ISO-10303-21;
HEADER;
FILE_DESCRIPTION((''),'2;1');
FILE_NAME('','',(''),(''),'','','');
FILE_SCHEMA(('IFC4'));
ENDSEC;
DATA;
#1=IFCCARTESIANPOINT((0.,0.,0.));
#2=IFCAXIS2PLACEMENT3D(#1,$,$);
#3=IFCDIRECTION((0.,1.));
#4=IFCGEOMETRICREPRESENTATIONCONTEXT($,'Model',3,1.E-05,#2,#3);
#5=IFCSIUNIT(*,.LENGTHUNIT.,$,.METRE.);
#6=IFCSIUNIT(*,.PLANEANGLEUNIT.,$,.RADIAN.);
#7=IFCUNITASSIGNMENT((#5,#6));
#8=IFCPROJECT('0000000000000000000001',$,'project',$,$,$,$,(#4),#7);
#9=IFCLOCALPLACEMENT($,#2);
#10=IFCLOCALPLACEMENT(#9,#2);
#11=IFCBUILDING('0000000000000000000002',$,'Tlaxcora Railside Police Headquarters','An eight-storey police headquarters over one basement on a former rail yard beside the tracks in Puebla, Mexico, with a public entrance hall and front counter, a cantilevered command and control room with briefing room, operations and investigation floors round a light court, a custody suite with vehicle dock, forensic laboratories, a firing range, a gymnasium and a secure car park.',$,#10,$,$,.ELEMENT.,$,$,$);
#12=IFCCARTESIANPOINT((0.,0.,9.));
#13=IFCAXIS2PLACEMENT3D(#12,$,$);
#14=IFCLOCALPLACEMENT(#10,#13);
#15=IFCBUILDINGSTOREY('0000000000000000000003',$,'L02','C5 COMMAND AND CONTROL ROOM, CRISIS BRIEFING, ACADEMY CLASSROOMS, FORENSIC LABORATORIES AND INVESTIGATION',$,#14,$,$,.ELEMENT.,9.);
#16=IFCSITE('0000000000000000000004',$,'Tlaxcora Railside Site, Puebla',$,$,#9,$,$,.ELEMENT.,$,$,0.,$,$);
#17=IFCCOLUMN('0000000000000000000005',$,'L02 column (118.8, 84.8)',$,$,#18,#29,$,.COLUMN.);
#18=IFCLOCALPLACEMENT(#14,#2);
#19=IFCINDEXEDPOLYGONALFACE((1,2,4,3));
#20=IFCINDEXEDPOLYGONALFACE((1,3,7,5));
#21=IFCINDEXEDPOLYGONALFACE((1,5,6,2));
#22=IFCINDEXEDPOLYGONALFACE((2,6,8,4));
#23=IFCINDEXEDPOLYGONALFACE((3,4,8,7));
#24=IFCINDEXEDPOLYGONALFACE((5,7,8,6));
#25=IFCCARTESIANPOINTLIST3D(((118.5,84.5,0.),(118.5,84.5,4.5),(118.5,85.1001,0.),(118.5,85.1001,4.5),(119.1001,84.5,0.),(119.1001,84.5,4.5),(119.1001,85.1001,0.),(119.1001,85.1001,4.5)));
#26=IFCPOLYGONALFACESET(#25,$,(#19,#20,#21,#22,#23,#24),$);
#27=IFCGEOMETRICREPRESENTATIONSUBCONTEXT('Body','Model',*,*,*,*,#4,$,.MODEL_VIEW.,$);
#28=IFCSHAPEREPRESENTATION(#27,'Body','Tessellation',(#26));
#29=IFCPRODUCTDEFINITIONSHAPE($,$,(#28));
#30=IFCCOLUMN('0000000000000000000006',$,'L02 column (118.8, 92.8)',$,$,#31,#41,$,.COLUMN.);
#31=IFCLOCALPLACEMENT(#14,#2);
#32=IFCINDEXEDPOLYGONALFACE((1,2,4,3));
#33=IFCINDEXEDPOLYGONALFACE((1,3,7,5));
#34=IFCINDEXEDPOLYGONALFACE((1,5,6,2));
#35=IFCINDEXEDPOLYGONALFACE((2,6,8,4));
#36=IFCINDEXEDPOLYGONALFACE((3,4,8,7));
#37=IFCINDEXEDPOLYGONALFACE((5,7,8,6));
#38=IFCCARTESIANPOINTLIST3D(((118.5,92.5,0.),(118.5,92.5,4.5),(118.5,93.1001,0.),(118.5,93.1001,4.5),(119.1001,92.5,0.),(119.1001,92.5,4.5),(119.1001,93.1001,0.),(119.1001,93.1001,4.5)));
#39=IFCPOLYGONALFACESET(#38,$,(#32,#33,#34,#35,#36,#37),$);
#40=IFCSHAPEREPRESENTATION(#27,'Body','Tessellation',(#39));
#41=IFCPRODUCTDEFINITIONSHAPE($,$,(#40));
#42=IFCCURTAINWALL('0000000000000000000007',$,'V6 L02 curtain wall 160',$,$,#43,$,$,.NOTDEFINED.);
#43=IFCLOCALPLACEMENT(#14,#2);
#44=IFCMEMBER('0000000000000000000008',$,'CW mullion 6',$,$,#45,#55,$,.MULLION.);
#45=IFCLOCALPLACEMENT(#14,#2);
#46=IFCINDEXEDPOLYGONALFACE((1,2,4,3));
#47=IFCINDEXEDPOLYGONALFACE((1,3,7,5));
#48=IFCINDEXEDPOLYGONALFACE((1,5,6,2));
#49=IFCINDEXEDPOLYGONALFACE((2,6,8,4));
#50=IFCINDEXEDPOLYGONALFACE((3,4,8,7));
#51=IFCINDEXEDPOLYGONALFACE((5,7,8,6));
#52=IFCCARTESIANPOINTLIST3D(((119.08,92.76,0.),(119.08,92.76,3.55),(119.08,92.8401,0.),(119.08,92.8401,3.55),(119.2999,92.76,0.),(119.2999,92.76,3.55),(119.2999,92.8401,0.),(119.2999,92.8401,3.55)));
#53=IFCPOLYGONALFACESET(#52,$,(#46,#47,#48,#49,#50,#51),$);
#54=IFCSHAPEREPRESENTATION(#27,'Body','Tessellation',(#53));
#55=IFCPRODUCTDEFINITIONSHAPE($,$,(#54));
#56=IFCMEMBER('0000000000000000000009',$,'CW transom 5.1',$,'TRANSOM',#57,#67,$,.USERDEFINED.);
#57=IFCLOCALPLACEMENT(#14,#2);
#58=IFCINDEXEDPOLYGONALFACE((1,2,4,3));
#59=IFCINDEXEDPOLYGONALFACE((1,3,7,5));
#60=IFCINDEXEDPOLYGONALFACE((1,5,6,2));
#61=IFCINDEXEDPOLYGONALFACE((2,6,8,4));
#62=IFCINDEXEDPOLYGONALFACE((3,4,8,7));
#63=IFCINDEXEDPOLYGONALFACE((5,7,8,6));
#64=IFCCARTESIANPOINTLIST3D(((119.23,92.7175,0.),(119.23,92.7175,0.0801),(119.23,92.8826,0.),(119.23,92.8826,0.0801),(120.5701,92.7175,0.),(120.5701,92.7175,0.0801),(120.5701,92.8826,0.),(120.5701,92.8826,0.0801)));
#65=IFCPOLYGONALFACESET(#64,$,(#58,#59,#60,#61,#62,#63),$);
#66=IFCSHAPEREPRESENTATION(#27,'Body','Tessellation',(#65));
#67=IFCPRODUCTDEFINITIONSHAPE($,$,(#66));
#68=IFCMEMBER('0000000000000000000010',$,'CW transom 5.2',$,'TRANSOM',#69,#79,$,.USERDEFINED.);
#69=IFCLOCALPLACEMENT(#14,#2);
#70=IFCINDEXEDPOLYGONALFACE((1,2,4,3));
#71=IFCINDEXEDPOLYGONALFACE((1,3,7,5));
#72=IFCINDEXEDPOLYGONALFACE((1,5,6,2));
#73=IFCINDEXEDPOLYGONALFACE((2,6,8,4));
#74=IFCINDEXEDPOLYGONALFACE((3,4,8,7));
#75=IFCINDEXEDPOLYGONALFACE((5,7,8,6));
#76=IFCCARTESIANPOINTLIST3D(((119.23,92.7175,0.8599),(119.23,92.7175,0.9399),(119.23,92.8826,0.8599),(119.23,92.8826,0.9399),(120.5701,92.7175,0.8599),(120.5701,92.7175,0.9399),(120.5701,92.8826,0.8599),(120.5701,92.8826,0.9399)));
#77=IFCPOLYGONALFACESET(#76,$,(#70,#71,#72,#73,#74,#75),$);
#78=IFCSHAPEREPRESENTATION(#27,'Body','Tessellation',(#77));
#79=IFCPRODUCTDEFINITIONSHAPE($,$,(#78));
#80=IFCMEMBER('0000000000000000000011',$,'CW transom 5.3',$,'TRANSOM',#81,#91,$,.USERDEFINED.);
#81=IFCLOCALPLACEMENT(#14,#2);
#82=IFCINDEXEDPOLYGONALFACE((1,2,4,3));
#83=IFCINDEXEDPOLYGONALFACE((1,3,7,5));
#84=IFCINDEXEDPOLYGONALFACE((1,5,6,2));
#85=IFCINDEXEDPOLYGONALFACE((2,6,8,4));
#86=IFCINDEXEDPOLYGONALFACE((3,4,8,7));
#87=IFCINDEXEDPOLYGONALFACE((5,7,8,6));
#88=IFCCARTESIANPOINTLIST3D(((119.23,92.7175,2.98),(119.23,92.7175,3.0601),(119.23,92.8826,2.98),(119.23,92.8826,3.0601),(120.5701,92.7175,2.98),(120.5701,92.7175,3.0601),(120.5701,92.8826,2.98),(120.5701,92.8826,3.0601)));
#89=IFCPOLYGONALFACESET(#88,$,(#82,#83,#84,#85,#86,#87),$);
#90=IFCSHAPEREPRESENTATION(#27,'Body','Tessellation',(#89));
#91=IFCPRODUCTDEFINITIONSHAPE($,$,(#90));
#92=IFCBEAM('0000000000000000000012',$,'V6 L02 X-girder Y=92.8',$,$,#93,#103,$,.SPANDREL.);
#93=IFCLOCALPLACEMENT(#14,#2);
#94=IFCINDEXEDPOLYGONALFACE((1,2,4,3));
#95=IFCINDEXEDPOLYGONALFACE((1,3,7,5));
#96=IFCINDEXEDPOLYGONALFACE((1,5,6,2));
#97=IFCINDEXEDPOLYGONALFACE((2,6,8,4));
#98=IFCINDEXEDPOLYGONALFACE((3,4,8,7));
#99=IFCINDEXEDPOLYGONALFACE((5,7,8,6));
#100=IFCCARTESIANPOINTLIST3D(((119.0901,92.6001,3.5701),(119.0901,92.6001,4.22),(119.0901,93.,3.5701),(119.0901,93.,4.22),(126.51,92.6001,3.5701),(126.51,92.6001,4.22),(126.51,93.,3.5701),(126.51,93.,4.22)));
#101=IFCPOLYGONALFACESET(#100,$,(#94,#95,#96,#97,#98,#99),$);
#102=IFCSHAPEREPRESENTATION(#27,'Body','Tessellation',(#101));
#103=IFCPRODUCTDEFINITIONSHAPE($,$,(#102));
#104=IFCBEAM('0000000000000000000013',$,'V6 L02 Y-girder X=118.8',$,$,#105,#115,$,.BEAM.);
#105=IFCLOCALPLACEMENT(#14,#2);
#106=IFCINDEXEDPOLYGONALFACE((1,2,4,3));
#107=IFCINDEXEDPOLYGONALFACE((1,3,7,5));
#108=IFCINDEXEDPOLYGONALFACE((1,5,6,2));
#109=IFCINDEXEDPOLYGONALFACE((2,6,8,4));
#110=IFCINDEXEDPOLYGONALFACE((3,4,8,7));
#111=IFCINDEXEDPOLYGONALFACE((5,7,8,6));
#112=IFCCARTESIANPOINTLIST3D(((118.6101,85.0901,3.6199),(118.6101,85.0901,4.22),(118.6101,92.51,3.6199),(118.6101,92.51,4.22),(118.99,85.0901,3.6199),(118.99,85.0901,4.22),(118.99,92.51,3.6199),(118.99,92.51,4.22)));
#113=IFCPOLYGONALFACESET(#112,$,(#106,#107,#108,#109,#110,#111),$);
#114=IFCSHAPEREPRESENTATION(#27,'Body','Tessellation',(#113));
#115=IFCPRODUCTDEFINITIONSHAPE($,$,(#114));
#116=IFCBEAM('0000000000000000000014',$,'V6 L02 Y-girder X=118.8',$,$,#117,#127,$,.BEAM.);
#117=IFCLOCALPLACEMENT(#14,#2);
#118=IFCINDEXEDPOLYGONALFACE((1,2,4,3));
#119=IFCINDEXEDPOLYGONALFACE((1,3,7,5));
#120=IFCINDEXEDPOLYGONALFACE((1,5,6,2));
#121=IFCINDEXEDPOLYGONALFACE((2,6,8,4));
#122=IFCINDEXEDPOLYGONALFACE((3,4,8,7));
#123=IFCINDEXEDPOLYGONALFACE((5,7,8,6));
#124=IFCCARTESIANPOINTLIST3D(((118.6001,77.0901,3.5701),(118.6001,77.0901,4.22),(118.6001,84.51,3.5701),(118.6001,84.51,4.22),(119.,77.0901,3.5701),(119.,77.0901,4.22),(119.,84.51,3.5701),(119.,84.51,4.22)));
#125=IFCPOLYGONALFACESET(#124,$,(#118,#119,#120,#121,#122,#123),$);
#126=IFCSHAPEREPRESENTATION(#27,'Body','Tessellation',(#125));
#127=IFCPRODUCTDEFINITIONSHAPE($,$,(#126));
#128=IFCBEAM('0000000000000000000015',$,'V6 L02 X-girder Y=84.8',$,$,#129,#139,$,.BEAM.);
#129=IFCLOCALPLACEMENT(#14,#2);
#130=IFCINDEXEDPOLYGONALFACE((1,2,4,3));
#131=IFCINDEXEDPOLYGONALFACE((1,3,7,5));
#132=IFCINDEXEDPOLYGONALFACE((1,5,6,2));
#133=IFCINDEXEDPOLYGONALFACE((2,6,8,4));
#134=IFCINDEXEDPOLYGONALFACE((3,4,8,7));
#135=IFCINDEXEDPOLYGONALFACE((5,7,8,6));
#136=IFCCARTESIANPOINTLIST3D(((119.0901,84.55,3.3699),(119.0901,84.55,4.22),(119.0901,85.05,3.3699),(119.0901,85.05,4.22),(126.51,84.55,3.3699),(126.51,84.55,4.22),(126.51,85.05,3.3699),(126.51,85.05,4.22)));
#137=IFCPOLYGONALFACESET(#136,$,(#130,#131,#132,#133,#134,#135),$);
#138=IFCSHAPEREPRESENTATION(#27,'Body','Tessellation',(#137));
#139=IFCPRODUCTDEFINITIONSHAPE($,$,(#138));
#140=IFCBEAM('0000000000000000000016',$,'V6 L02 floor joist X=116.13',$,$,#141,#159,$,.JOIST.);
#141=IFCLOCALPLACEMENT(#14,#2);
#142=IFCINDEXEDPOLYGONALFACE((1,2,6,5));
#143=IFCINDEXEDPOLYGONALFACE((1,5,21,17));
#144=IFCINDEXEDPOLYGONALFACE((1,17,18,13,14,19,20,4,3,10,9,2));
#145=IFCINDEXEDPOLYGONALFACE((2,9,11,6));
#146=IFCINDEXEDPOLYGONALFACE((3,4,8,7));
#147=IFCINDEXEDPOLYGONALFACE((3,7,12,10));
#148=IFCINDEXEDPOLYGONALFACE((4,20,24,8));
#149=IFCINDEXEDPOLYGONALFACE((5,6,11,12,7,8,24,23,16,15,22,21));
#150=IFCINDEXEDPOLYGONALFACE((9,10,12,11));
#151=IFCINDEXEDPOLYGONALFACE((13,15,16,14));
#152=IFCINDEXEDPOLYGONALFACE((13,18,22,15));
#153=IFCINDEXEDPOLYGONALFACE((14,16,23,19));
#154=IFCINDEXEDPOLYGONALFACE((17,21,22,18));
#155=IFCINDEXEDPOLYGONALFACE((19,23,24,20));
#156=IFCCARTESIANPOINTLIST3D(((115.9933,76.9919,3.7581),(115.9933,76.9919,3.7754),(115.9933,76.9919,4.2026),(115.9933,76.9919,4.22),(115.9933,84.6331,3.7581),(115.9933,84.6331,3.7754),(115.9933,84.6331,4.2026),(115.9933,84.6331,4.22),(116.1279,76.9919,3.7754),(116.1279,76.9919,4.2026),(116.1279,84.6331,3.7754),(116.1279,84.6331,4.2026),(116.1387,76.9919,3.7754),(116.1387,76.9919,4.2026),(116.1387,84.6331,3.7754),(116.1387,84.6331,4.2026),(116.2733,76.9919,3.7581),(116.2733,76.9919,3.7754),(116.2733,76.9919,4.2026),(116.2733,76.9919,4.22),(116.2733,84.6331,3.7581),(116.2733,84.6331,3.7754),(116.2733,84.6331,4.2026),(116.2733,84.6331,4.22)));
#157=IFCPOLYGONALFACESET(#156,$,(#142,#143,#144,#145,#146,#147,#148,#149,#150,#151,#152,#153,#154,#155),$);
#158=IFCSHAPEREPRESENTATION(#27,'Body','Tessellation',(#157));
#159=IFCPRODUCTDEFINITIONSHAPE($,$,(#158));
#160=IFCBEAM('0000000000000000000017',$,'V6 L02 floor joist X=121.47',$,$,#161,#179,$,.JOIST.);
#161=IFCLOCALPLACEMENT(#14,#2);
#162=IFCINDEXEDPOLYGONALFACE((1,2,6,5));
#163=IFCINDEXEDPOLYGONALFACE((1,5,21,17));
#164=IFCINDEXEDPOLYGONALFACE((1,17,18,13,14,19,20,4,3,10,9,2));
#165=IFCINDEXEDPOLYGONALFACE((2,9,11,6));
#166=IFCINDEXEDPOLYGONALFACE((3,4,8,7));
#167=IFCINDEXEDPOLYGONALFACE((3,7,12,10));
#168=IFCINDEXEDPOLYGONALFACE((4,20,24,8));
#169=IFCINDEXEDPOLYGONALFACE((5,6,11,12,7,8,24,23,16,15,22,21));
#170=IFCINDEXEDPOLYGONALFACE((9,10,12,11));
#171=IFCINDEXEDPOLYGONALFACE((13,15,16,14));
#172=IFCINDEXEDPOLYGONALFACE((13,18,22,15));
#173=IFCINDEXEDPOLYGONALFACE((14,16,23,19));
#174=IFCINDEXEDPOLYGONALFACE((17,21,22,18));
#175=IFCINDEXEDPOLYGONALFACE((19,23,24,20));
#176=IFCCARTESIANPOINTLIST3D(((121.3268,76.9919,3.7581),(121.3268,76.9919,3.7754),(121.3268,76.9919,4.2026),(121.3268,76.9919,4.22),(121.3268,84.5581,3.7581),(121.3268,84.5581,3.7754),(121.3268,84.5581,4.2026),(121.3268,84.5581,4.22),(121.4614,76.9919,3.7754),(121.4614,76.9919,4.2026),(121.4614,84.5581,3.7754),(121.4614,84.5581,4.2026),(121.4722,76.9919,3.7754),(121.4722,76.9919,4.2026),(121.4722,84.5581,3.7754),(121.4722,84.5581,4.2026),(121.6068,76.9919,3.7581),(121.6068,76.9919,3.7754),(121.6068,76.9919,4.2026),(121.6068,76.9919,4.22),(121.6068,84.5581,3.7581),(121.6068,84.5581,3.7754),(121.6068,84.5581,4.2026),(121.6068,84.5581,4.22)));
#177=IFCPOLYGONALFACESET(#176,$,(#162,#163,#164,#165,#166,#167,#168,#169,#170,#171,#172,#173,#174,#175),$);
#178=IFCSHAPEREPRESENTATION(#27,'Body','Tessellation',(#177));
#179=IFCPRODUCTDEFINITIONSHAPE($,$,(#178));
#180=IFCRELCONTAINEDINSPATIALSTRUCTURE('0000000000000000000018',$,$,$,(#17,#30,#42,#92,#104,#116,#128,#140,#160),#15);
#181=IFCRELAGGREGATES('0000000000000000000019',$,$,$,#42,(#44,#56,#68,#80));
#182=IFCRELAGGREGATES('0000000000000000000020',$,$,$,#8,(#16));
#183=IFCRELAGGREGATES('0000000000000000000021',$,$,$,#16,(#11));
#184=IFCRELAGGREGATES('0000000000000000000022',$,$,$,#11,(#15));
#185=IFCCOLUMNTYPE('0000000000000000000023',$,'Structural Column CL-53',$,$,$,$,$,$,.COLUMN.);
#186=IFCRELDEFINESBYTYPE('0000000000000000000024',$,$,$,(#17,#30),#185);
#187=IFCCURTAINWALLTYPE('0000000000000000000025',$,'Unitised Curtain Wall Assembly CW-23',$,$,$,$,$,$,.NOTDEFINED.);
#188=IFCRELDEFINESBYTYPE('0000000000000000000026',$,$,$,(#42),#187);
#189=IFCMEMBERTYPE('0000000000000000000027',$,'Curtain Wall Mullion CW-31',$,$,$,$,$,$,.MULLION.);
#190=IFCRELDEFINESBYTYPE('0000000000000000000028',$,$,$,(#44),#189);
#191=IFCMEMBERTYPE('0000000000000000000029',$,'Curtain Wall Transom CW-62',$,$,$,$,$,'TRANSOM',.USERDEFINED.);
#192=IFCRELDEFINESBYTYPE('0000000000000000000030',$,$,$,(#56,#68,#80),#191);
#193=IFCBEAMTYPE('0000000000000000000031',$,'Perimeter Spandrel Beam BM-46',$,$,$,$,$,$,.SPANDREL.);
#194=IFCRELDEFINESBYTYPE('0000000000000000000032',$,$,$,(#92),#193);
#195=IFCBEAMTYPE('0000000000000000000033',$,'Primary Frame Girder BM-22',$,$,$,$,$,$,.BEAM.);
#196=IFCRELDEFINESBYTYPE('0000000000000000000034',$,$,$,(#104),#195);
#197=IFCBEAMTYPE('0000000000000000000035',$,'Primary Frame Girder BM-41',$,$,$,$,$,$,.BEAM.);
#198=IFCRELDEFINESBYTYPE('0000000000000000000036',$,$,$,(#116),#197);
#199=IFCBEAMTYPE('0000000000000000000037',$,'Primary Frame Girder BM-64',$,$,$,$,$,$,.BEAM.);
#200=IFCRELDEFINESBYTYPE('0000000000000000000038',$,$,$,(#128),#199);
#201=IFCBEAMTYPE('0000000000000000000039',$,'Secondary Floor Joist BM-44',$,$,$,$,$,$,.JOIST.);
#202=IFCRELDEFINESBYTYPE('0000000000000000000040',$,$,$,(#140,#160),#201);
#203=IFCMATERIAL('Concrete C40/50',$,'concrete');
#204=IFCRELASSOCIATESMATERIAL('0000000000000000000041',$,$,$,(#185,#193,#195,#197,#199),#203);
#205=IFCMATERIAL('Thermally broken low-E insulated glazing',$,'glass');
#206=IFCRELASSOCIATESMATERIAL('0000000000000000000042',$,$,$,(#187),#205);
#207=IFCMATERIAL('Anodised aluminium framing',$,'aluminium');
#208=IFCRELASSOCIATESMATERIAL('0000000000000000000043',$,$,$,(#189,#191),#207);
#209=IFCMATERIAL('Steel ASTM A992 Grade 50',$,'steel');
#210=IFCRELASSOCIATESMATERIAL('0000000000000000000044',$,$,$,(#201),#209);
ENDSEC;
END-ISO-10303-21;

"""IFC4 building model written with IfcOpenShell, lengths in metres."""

from ifc_helpers import new_model, si_unit, direction, frame, origin, origin_2d, place, context, subcontext, project, spatial, rectangle, i_section, extrude, material, material_profile, profile_set, type_object, element, aggregate, save


model = new_model("IFC4")

# Units and contexts
model_context = context("Model", 3, precision=1e-05, world=origin(), true_north=direction((0.0, 1.0)))
body_context = subcontext(model_context, "Body", "Model", "MODEL_VIEW")
ifc_project = project(units=[si_unit("LENGTHUNIT", "METRE"), si_unit("PLANEANGLEUNIT", "RADIAN")], contexts=[model_context])

# Site, building, storey
site_placement = place(None, origin())
site = spatial("IfcSite", under=ifc_project, at=site_placement, Name="Tlaxcora Railside Site, Puebla", CompositionType="ELEMENT", RefElevation=0.0)
building_placement = place(site_placement, origin())
building = spatial("IfcBuilding", under=site, at=building_placement, Name="Tlaxcora Railside Police Headquarters", Description="An eight-storey police headquarters over one basement on a former rail yard beside the tracks in Puebla, Mexico, with a public entrance hall and front counter, a cantilevered command and control room with briefing room, operations and investigation floors round a light court, a custody suite with vehicle dock, forensic laboratories, a firing range, a gymnasium and a secure car park.", CompositionType="ELEMENT")
storey_placement = place(building_placement, frame((0.0, 0.0, 9.0)))
storey = spatial("IfcBuildingStorey", under=building, at=storey_placement, Name="L02", Description="C5 COMMAND AND CONTROL ROOM, CRISIS BRIEFING, ACADEMY CLASSROOMS, FORENSIC LABORATORIES AND INVESTIGATION", CompositionType="ELEMENT", Elevation=9.0)

# Columns
ifc_material_1 = material(Name="Concrete C40/50", Category="concrete")
ifc_material_profile_1 = material_profile(ifc_material_1, rectangle(XDim=0.6001, YDim=0.6001, at=origin_2d()), Name="RC600X600")
ifc_profile_set_1 = profile_set([ifc_material_profile_1], Name="Concrete C40/50")
column_type = type_object("IfcColumnType", Name="Structural Column CL-53", PredefinedType="COLUMN", material=ifc_profile_set_1)
for number, where, z_axis, x_axis, name in (
    (1, (118.8, 84.8, 0.0), (0.0, 0.0, 1.0), (1.0, 0.0, 0.0), "L02 column (118.8, 84.8)"),
    (2, (118.8, 92.8, 0.0), (0.0, 0.0, 1.0), (1.0, 0.0, 0.0), "L02 column (118.8, 92.8)"),
):
    element("IfcColumn", number, at=place(storey_placement, frame(where, z_axis=z_axis, x_axis=x_axis)), inside=storey, type_object=column_type, Name=name, PredefinedType="COLUMN", context=body_context, shape_type="SweptSolid", body=[
        extrude(rectangle(XDim=0.6001, YDim=0.6001, at=origin_2d()), origin(), (0.0, 0.0, 1.0), 4.5),
    ])

# Curtain wall, members
ifc_material_2 = material(Name="Thermally broken low-E insulated glazing", Category="glass")
curtain_wall_type = type_object("IfcCurtainWallType", Name="Unitised Curtain Wall Assembly CW-23", PredefinedType="NOTDEFINED", material=ifc_material_2)
curtain_wall_placement = place(storey_placement, origin())
curtain_wall = element("IfcCurtainWall", 3, at=curtain_wall_placement, inside=storey, type_object=curtain_wall_type, Name="V6 L02 curtain wall 160", PredefinedType="NOTDEFINED")
ifc_material_3 = material(Name="Anodised aluminium framing", Category="aluminium")
ifc_material_profile_2 = material_profile(ifc_material_3, rectangle(XDim=0.0801, YDim=0.22, at=origin_2d()), Name="AL80X220")
ifc_profile_set_2 = profile_set([ifc_material_profile_2], Name="Anodised aluminium framing")
member_type_1 = type_object("IfcMemberType", Name="Curtain Wall Mullion CW-31", PredefinedType="MULLION", material=ifc_profile_set_2)
member_1_placement = place(storey_placement, frame((119.1899, 92.8, 0.0), z_axis=(0.0, 0.0, 1.0), x_axis=(0.0, -1.0, 0.0)))
member_1 = element("IfcMember", 4, at=member_1_placement, type_object=member_type_1, Name="CW mullion 6", PredefinedType="MULLION", context=body_context, shape_type="SweptSolid", body=[
    extrude(rectangle(XDim=0.0801, YDim=0.22, at=origin_2d()), origin(), (0.0, 0.0, 1.0), 3.55),
])
ifc_material_profile_3 = material_profile(ifc_material_3, rectangle(XDim=0.165, YDim=0.0801, at=origin_2d()), Name="AL80X165")
ifc_profile_set_3 = profile_set([ifc_material_profile_3], Name="Anodised aluminium framing")
member_type_2 = type_object("IfcMemberType", Name="Curtain Wall Transom CW-62", ElementType="TRANSOM", PredefinedType="USERDEFINED", material=ifc_profile_set_3)
member_2_placement = place(storey_placement, frame((120.5701, 92.8, 0.04), z_axis=(-1.0, 0.0, 0.0), x_axis=(0.0, -1.0, 0.0)))
member_2 = element("IfcMember", 5, at=member_2_placement, type_object=member_type_2, Name="CW transom 5.1", ObjectType="TRANSOM", PredefinedType="USERDEFINED", context=body_context, shape_type="SweptSolid", body=[
    extrude(rectangle(XDim=0.165, YDim=0.0801, at=origin_2d()), origin(), (0.0, 0.0, 1.0), 1.3401),
])
member_3_placement = place(storey_placement, frame((120.5701, 92.8, 0.8999), z_axis=(-1.0, 0.0, 0.0), x_axis=(0.0, -1.0, 0.0)))
member_3 = element("IfcMember", 6, at=member_3_placement, type_object=member_type_2, Name="CW transom 5.2", ObjectType="TRANSOM", PredefinedType="USERDEFINED", context=body_context, shape_type="SweptSolid", body=[
    extrude(rectangle(XDim=0.165, YDim=0.0801, at=origin_2d()), origin(), (0.0, 0.0, 1.0), 1.3401),
])
member_4_placement = place(storey_placement, frame((120.5701, 92.8, 3.02), z_axis=(-1.0, 0.0, 0.0), x_axis=(0.0, -1.0, 0.0)))
member_4 = element("IfcMember", 7, at=member_4_placement, type_object=member_type_2, Name="CW transom 5.3", ObjectType="TRANSOM", PredefinedType="USERDEFINED", context=body_context, shape_type="SweptSolid", body=[
    extrude(rectangle(XDim=0.165, YDim=0.0801, at=origin_2d()), origin(), (0.0, 0.0, 1.0), 1.3401),
])

# Beams
ifc_material_profile_4 = material_profile(ifc_material_1, rectangle(XDim=0.3999, YDim=0.6499, at=origin_2d()), Name="RC400X650")
ifc_profile_set_4 = profile_set([ifc_material_profile_4], Name="Concrete C40/50")
beam_type_1 = type_object("IfcBeamType", Name="Perimeter Spandrel Beam BM-46", PredefinedType="SPANDREL", material=ifc_profile_set_4)
beam_1_placement = place(storey_placement, frame((119.0901, 92.8, 3.895), z_axis=(1.0, 0.0, 0.0), x_axis=(0.0, 1.0, 0.0)))
element("IfcBeam", 8, at=beam_1_placement, inside=storey, type_object=beam_type_1, Name="V6 L02 X-girder Y=92.8", PredefinedType="SPANDREL", context=body_context, shape_type="SweptSolid", body=[
    extrude(rectangle(XDim=0.3999, YDim=0.6499, at=origin_2d()), origin(), (0.0, 0.0, 1.0), 7.4199),
])
ifc_material_profile_5 = material_profile(ifc_material_1, rectangle(XDim=0.3799, YDim=0.6001, at=origin_2d()), Name="RC380X600")
ifc_profile_set_5 = profile_set([ifc_material_profile_5], Name="Concrete C40/50")
beam_type_2 = type_object("IfcBeamType", Name="Primary Frame Girder BM-22", PredefinedType="BEAM", material=ifc_profile_set_5)
beam_2_placement = place(storey_placement, frame((118.8, 85.0901, 3.9199), z_axis=(0.0, 1.0, 0.0), x_axis=(-1.0, 0.0, 0.0)))
element("IfcBeam", 9, at=beam_2_placement, inside=storey, type_object=beam_type_2, Name="V6 L02 Y-girder X=118.8", PredefinedType="BEAM", context=body_context, shape_type="SweptSolid", body=[
    extrude(rectangle(XDim=0.3799, YDim=0.6001, at=origin_2d()), origin(), (0.0, 0.0, 1.0), 7.4199),
])
ifc_material_profile_6 = material_profile(ifc_material_1, rectangle(XDim=0.3999, YDim=0.6499, at=origin_2d()), Name="RC400X650")
ifc_profile_set_6 = profile_set([ifc_material_profile_6], Name="Concrete C40/50")
beam_type_3 = type_object("IfcBeamType", Name="Primary Frame Girder BM-41", PredefinedType="BEAM", material=ifc_profile_set_6)
beam_3_placement = place(storey_placement, frame((118.8, 77.0901, 3.895), z_axis=(0.0, 1.0, 0.0), x_axis=(-1.0, 0.0, 0.0)))
element("IfcBeam", 10, at=beam_3_placement, inside=storey, type_object=beam_type_3, Name="V6 L02 Y-girder X=118.8", PredefinedType="BEAM", context=body_context, shape_type="SweptSolid", body=[
    extrude(rectangle(XDim=0.3999, YDim=0.6499, at=origin_2d()), origin(), (0.0, 0.0, 1.0), 7.4199),
])
ifc_material_profile_7 = material_profile(ifc_material_1, rectangle(XDim=0.5, YDim=0.8501, at=origin_2d()), Name="RC500X850")
ifc_profile_set_7 = profile_set([ifc_material_profile_7], Name="Concrete C40/50")
beam_type_4 = type_object("IfcBeamType", Name="Primary Frame Girder BM-64", PredefinedType="BEAM", material=ifc_profile_set_7)
beam_4_placement = place(storey_placement, frame((119.0901, 84.8, 3.7949), z_axis=(1.0, 0.0, 0.0), x_axis=(0.0, 1.0, 0.0)))
element("IfcBeam", 11, at=beam_4_placement, inside=storey, type_object=beam_type_4, Name="V6 L02 X-girder Y=84.8", PredefinedType="BEAM", context=body_context, shape_type="SweptSolid", body=[
    extrude(rectangle(XDim=0.5, YDim=0.8501, at=origin_2d()), origin(), (0.0, 0.0, 1.0), 7.4199),
])
ifc_material_4 = material(Name="Steel ASTM A992 Grade 50", Category="steel")
ifc_material_profile_8 = material_profile(ifc_material_4, i_section(OverallWidth=0.28, OverallDepth=0.4619, WebThickness=0.0107, FlangeThickness=0.0173, at=origin_2d()), Name="W18X76")
ifc_profile_set_8 = profile_set([ifc_material_profile_8], Name="Steel ASTM A992 Grade 50")
beam_type_5 = type_object("IfcBeamType", Name="Secondary Floor Joist BM-44", PredefinedType="JOIST", material=ifc_profile_set_8)
beam_5_placement = place(storey_placement, frame((116.1333, 76.9919, 3.989), z_axis=(0.0, 1.0, 0.0), x_axis=(-1.0, 0.0, 0.0)))
element("IfcBeam", 12, at=beam_5_placement, inside=storey, type_object=beam_type_5, Name="V6 L02 floor joist X=116.13", PredefinedType="JOIST", context=body_context, shape_type="SweptSolid", body=[
    extrude(i_section(OverallWidth=0.28, OverallDepth=0.4619, WebThickness=0.0107, FlangeThickness=0.0173, at=origin_2d()), origin(), (0.0, 0.0, 1.0), 7.6411),
])
beam_6_placement = place(storey_placement, frame((121.4668, 76.9919, 3.989), z_axis=(0.0, 1.0, 0.0), x_axis=(-1.0, 0.0, 0.0)))
element("IfcBeam", 13, at=beam_6_placement, inside=storey, type_object=beam_type_5, Name="V6 L02 floor joist X=121.47", PredefinedType="JOIST", context=body_context, shape_type="SweptSolid", body=[
    extrude(i_section(OverallWidth=0.28, OverallDepth=0.4619, WebThickness=0.0107, FlangeThickness=0.0173, at=origin_2d()), origin(), (0.0, 0.0, 1.0), 7.5662),
])

aggregate(curtain_wall, [member_1, member_2, member_3, member_4])

save(model, "model.ifc")
